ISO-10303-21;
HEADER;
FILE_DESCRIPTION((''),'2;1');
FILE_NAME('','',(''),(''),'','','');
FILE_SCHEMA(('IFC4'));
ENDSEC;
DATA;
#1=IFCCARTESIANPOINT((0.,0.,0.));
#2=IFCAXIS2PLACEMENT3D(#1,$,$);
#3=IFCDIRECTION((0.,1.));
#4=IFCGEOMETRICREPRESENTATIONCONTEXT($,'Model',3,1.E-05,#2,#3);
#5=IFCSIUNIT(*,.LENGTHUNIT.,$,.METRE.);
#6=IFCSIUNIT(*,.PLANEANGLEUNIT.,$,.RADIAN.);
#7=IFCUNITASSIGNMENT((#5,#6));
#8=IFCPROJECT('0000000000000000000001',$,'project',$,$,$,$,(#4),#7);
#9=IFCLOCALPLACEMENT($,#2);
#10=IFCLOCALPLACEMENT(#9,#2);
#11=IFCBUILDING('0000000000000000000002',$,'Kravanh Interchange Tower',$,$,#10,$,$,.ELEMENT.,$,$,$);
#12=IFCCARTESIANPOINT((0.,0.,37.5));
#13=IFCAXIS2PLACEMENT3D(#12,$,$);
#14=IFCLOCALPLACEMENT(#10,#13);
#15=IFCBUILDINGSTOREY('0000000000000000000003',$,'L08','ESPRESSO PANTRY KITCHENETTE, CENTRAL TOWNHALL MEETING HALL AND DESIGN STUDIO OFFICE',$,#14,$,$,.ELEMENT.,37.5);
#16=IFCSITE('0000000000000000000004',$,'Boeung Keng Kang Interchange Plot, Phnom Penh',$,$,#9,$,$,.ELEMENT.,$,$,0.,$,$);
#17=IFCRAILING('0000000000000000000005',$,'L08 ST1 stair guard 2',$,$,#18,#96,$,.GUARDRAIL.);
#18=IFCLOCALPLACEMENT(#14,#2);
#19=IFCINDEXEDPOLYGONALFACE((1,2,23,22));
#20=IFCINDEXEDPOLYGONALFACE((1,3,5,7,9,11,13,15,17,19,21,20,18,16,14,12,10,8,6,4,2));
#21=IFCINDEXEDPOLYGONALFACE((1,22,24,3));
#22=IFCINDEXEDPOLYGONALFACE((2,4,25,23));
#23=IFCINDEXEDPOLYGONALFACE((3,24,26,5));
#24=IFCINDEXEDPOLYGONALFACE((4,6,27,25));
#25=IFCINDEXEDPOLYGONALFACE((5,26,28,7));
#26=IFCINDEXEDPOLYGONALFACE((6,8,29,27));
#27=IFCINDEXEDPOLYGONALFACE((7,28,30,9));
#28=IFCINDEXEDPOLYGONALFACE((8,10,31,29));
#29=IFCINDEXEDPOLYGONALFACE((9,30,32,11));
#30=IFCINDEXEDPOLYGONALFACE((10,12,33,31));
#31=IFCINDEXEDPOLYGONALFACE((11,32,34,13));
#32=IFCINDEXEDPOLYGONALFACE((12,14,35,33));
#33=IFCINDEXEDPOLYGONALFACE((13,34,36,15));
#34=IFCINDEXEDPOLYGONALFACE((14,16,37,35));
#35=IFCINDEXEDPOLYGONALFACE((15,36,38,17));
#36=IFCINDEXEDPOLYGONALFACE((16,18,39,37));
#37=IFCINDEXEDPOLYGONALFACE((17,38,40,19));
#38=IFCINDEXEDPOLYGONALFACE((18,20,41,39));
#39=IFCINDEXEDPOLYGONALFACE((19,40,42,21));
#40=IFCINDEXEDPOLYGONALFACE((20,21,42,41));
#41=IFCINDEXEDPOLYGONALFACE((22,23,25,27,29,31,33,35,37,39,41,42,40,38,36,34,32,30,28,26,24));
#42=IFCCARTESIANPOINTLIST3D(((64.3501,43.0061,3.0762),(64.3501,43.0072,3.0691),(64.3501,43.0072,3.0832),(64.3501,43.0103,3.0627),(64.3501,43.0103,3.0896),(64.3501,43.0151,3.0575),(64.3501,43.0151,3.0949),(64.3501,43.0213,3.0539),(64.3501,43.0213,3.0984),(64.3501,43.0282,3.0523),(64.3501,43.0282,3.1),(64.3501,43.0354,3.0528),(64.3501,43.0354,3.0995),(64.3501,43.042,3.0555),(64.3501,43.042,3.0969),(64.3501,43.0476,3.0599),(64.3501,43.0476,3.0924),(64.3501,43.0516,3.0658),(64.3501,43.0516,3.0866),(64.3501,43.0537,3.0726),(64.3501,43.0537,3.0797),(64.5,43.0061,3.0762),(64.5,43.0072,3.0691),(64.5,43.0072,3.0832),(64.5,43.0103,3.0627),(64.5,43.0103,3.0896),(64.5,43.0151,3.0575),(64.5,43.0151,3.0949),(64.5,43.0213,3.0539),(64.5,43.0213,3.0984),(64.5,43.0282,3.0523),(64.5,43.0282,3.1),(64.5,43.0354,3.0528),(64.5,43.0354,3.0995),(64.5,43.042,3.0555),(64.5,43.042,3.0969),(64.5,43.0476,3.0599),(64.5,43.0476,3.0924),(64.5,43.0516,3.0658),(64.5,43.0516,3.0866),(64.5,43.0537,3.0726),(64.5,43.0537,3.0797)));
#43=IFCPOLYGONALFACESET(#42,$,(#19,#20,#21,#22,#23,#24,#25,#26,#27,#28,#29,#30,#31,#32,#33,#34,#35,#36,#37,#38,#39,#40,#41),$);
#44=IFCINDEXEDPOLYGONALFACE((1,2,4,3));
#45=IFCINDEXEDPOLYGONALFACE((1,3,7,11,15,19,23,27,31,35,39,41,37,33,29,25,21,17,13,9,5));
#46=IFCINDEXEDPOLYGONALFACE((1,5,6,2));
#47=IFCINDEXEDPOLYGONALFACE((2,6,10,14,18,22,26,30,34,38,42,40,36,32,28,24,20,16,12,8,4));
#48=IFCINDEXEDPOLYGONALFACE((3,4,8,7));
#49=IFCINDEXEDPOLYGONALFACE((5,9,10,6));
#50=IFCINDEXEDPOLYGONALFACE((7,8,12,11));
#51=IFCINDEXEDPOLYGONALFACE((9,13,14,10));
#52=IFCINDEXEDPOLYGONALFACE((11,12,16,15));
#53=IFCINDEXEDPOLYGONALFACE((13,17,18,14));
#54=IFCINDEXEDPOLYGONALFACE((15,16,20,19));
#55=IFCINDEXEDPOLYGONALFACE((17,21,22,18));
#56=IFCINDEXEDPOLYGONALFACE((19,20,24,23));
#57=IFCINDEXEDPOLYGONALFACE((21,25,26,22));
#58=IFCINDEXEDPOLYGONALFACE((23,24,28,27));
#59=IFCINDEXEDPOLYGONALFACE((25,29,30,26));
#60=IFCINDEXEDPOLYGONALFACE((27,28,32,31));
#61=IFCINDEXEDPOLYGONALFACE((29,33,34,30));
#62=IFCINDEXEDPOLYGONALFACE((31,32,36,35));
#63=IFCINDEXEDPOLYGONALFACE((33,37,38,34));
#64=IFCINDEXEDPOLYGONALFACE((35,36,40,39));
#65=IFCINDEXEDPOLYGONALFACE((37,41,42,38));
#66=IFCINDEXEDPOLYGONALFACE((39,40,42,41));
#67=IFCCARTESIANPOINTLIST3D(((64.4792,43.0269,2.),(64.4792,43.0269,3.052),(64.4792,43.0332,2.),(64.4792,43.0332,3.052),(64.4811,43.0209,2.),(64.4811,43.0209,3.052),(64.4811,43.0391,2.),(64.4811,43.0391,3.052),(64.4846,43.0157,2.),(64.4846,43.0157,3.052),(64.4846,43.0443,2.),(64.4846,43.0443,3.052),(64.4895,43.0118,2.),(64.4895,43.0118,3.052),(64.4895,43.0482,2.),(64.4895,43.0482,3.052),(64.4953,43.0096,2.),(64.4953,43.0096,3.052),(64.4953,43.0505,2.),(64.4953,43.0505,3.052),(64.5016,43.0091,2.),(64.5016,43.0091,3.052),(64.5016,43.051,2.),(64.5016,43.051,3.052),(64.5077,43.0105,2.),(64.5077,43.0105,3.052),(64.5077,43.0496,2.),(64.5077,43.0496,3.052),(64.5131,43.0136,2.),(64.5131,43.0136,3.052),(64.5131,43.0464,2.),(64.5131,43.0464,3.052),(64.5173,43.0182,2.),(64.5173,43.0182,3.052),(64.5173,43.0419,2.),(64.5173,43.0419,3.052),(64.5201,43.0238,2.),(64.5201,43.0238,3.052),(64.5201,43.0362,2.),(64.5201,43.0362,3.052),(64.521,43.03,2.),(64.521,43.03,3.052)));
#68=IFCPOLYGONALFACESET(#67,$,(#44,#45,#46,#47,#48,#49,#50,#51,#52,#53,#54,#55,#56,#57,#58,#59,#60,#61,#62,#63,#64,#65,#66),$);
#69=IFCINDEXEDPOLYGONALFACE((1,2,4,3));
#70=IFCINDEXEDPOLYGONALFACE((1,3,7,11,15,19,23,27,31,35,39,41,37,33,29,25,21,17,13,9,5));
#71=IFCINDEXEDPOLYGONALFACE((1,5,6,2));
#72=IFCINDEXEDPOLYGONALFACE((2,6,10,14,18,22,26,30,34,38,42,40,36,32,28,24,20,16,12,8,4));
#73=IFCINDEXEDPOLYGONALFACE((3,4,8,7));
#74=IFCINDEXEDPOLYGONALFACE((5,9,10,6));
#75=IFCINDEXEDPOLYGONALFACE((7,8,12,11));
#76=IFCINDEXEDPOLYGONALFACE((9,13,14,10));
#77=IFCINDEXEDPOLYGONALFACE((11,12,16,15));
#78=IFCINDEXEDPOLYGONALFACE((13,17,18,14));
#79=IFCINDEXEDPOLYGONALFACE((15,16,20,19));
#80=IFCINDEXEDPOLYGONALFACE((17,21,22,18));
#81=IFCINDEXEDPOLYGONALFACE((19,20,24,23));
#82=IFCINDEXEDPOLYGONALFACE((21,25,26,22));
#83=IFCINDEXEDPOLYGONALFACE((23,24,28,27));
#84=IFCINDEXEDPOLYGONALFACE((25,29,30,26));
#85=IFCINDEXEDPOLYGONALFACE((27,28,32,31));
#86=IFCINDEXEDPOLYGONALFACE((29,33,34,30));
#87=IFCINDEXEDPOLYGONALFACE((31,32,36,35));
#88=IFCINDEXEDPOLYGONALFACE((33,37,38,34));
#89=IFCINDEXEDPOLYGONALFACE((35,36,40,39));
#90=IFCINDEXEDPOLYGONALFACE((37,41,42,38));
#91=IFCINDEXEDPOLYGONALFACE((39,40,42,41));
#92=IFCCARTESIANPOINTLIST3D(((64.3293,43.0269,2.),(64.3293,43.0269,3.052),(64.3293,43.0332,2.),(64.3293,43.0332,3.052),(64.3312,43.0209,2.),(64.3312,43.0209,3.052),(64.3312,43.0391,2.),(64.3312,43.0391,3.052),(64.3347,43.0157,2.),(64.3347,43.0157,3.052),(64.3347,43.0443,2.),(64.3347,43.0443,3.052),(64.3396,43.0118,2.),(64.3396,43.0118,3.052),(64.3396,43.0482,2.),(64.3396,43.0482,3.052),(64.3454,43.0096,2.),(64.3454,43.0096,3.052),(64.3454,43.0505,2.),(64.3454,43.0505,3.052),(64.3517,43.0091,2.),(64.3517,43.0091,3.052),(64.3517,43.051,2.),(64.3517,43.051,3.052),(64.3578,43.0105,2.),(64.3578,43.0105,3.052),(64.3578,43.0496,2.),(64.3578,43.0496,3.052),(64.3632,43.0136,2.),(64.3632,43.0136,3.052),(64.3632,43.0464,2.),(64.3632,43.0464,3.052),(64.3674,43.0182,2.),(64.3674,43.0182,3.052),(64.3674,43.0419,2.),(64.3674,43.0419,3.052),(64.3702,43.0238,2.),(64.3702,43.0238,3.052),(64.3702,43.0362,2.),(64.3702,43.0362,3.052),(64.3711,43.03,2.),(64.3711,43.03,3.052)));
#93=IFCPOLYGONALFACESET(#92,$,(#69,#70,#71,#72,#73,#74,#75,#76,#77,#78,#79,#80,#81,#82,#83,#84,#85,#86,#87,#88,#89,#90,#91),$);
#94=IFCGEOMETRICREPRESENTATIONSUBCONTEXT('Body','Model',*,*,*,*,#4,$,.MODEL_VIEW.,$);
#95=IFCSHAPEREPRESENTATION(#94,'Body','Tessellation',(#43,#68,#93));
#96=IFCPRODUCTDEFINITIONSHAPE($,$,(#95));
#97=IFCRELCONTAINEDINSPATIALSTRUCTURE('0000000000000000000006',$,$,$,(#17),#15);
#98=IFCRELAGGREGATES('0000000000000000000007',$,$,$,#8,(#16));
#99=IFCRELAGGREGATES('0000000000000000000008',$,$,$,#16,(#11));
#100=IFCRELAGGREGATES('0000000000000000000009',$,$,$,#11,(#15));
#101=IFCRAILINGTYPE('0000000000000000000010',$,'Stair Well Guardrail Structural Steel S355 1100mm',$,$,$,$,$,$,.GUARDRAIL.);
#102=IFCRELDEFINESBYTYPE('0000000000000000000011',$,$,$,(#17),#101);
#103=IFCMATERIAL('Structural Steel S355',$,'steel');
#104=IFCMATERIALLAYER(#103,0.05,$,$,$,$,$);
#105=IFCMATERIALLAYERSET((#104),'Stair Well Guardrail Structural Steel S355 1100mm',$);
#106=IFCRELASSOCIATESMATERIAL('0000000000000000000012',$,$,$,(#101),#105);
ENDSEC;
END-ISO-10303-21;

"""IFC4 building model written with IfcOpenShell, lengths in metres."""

from ifc_helpers import new_model, si_unit, direction, frame, origin, origin_2d, place, context, subcontext, project, spatial, circle, extrude, material, layer, layer_set, type_object, element, save


model = new_model("IFC4")

# Units and contexts
model_context = context("Model", 3, precision=1e-05, world=origin(), true_north=direction((0.0, 1.0)))
body_context = subcontext(model_context, "Body", "Model", "MODEL_VIEW")
ifc_project = project(units=[si_unit("LENGTHUNIT", "METRE"), si_unit("PLANEANGLEUNIT", "RADIAN")], contexts=[model_context])

# Site, building, storey
site_placement = place(None, origin())
site = spatial("IfcSite", under=ifc_project, at=site_placement, Name="Boeung Keng Kang Interchange Plot, Phnom Penh", CompositionType="ELEMENT", RefElevation=0.0)
building_placement = place(site_placement, origin())
building = spatial("IfcBuilding", under=site, at=building_placement, Name="Kravanh Interchange Tower", CompositionType="ELEMENT")
storey_placement = place(building_placement, frame((0.0, 0.0, 37.5)))
storey = spatial("IfcBuildingStorey", under=building, at=storey_placement, Name="L08", Description="ESPRESSO PANTRY KITCHENETTE, CENTRAL TOWNHALL MEETING HALL AND DESIGN STUDIO OFFICE", CompositionType="ELEMENT", Elevation=37.5)

# Railing
ifc_material_1 = material(Name="Structural Steel S355", Category="steel")
ifc_layer_1 = layer(ifc_material_1, 0.05)
ifc_layer_set_1 = layer_set([ifc_layer_1], Name="Stair Well Guardrail Structural Steel S355 1100mm")
railing_type_1 = type_object("IfcRailingType", Name="Stair Well Guardrail Structural Steel S355 1100mm", PredefinedType="GUARDRAIL", material=ifc_layer_set_1)
railing_1_placement = place(storey_placement, frame((64.5, 43.03, 2.0)))
element("IfcRailing", 1, at=railing_1_placement, inside=storey, type_object=railing_type_1, Name="L08 ST1 stair guard 2", PredefinedType="GUARDRAIL", context=body_context, shape_type="SweptSolid", body=[
    extrude(circle(Radius=0.0239, at=origin_2d()), frame((0.0, 0.0, 1.0762), z_axis=(-1.0, 0.0, 0.0), x_axis=(0.0, -1.0, 0.0)), (0.0, 0.0, 1.0), 0.1499),
    extrude(circle(Radius=0.021, at=origin_2d()), origin(), (0.0, 0.0, 1.0), 1.052),
    extrude(circle(Radius=0.021, at=origin_2d()), frame((-0.1499, 0.0, 0.0)), (0.0, 0.0, 1.0), 1.052),
])

save(model, "model.ifc")
